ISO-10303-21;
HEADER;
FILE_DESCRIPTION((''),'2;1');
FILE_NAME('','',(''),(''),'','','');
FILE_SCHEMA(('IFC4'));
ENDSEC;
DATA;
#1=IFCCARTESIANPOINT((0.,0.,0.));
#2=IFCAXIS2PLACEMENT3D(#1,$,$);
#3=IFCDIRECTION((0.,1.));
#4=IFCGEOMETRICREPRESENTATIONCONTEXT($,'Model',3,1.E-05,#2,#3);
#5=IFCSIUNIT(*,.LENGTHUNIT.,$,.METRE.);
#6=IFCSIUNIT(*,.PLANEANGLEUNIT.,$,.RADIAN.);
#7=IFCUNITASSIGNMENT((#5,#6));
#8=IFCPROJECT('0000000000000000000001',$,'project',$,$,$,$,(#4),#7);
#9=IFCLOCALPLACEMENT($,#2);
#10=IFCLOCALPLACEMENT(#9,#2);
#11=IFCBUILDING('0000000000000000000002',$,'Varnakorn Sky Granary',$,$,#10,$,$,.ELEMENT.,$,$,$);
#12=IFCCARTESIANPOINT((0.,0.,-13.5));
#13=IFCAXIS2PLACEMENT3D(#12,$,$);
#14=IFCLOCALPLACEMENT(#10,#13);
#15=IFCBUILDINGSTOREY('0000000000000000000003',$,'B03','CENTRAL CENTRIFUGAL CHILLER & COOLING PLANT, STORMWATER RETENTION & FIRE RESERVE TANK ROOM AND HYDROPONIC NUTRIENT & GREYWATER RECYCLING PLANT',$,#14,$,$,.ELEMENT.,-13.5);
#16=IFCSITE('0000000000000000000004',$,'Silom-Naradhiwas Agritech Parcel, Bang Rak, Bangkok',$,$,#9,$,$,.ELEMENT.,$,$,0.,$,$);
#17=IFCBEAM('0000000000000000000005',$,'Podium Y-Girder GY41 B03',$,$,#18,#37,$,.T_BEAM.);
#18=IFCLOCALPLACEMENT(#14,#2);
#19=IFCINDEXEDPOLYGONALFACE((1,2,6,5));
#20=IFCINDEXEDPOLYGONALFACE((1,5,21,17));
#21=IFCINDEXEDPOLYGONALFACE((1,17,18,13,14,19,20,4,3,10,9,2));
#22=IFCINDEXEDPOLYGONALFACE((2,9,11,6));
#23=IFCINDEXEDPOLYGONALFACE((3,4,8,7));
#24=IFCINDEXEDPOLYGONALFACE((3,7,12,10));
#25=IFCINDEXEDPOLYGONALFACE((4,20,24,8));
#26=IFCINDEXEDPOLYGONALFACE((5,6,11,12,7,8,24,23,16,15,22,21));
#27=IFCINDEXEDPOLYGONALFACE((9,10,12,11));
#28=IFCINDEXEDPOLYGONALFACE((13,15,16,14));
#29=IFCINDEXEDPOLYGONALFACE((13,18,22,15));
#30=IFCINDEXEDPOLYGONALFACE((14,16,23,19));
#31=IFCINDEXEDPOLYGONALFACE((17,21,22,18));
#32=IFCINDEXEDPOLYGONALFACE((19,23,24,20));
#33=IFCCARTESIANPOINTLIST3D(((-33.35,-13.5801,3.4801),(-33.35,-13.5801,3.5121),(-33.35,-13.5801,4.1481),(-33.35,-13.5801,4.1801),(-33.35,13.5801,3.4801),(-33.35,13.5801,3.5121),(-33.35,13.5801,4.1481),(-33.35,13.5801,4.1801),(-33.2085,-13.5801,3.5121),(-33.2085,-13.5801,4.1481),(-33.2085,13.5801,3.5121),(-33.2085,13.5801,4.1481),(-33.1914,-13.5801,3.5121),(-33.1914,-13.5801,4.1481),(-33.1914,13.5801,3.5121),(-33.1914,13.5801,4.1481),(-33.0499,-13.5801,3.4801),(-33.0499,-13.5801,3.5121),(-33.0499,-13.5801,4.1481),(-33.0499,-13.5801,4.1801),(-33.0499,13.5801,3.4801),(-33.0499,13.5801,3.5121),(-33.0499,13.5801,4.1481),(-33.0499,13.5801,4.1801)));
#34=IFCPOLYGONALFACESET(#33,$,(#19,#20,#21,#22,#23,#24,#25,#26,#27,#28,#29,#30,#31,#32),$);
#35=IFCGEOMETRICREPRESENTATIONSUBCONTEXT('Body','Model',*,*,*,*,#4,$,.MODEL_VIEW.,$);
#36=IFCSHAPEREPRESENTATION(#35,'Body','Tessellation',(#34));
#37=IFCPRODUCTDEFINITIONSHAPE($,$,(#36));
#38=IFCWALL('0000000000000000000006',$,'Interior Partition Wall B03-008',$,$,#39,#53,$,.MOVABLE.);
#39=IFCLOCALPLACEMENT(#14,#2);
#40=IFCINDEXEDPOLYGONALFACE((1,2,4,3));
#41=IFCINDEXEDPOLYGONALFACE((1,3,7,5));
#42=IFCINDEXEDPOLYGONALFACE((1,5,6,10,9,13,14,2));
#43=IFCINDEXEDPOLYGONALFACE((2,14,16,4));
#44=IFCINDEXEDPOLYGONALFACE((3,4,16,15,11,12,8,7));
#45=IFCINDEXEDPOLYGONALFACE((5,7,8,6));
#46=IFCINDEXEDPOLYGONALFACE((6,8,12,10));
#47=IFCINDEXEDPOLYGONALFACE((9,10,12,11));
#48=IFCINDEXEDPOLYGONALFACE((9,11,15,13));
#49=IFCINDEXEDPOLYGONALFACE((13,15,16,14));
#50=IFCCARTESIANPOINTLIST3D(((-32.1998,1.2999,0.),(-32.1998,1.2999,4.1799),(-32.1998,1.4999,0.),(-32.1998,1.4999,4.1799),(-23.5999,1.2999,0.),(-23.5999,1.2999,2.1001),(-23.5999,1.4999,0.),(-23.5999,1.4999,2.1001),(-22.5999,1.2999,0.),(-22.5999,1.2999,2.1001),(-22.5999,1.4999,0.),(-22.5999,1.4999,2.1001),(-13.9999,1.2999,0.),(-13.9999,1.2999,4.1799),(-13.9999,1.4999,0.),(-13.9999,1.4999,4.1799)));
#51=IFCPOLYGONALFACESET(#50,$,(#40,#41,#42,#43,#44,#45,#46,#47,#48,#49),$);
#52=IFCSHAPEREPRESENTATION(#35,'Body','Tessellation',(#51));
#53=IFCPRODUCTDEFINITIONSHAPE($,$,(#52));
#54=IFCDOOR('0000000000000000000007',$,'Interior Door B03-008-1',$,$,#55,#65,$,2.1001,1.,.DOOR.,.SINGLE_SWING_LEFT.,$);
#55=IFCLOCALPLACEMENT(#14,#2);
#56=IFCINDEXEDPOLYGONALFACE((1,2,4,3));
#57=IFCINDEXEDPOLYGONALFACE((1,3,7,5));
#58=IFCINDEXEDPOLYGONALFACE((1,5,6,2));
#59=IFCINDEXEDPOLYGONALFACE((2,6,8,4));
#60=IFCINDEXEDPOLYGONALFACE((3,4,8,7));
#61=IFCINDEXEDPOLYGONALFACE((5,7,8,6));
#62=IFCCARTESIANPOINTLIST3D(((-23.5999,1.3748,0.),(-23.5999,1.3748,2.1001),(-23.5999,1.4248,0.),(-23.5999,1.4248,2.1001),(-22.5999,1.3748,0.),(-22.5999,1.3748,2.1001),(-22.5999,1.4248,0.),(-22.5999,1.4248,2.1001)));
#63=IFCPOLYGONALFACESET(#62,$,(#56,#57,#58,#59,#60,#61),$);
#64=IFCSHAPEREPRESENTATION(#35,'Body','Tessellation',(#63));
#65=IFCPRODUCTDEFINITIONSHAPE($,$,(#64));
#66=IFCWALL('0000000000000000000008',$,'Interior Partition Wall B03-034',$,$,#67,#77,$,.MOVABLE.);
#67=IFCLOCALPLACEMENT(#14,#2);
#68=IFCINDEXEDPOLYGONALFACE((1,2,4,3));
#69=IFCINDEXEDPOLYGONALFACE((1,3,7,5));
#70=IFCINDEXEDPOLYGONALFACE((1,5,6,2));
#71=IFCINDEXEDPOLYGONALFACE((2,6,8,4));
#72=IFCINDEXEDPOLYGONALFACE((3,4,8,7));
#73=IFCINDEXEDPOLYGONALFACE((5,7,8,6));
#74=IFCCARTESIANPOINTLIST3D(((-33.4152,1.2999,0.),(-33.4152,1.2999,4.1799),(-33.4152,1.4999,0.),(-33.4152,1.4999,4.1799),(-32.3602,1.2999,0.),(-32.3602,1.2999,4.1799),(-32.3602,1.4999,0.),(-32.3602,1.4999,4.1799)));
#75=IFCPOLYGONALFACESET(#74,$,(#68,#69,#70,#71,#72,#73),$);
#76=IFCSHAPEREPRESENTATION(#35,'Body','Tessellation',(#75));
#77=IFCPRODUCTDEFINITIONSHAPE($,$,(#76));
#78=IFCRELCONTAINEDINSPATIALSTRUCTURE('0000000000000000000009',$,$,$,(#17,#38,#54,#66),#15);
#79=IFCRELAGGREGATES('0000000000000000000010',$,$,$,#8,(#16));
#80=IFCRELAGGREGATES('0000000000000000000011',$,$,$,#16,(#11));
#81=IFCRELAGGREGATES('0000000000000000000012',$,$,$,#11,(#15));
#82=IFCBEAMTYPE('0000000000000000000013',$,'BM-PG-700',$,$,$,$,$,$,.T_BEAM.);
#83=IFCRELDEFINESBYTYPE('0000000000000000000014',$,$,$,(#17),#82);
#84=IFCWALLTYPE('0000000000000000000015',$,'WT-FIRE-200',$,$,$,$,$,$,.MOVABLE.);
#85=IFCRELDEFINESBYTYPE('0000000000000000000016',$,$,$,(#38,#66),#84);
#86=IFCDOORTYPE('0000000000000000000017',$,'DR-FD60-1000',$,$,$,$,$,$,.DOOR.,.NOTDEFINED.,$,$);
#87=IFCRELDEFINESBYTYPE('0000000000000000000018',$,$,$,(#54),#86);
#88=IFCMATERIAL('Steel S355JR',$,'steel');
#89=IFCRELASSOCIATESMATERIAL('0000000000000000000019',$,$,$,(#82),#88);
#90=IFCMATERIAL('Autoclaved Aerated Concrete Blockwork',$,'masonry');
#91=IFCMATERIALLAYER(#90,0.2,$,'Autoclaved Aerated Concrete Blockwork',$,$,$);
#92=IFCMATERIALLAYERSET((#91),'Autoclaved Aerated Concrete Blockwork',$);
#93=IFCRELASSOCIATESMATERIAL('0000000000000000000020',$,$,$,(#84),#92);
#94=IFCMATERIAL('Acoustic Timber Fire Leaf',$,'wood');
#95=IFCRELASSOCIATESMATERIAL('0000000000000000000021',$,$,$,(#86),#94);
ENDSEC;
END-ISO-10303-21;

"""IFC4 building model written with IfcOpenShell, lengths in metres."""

from ifc_helpers import new_model, si_unit, direction, frame, frame_2d, origin, origin_2d, place, context, subcontext, project, spatial, rectangle, i_section, extrude, material, layer, layer_set, material_profile, profile_set, type_object, element, fill, save


model = new_model("IFC4")

# Units and contexts
model_context = context("Model", 3, precision=1e-05, world=origin(), true_north=direction((0.0, 1.0)))
body_context = subcontext(model_context, "Body", "Model", "MODEL_VIEW")
ifc_project = project(units=[si_unit("LENGTHUNIT", "METRE"), si_unit("PLANEANGLEUNIT", "RADIAN")], contexts=[model_context])

# Site, building, storey
site_placement = place(None, origin())
site = spatial("IfcSite", under=ifc_project, at=site_placement, Name="Silom-Naradhiwas Agritech Parcel, Bang Rak, Bangkok", CompositionType="ELEMENT", RefElevation=0.0)
building_placement = place(site_placement, origin())
building = spatial("IfcBuilding", under=site, at=building_placement, Name="Varnakorn Sky Granary", CompositionType="ELEMENT")
storey_placement = place(building_placement, frame((0.0, 0.0, -13.5)))
storey = spatial("IfcBuildingStorey", under=building, at=storey_placement, Name="B03", Description="CENTRAL CENTRIFUGAL CHILLER & COOLING PLANT, STORMWATER RETENTION & FIRE RESERVE TANK ROOM AND HYDROPONIC NUTRIENT & GREYWATER RECYCLING PLANT", CompositionType="ELEMENT", Elevation=-13.5)

# Beam
ifc_material_1 = material(Name="Steel S355JR", Category="steel")
ifc_material_profile_1 = material_profile(ifc_material_1, i_section(OverallWidth=0.3, OverallDepth=0.7, WebThickness=0.0171, FlangeThickness=0.032, at=origin_2d()), Name="HE 700 B")
ifc_profile_set_1 = profile_set([ifc_material_profile_1], Name="Steel S355JR")
beam_type = type_object("IfcBeamType", Name="BM-PG-700", PredefinedType="T_BEAM", material=ifc_profile_set_1)
beam_1_placement = place(storey_placement, frame((-33.2, -13.5801, 3.8301), z_axis=(0.0, 1.0, 0.0), x_axis=(-1.0, 0.0, 0.0)))
element("IfcBeam", 1, at=beam_1_placement, inside=storey, type_object=beam_type, Name="Podium Y-Girder GY41 B03", PredefinedType="T_BEAM", context=body_context, shape_type="SweptSolid", body=[
    extrude(i_section(OverallWidth=0.3, OverallDepth=0.7, WebThickness=0.0171, FlangeThickness=0.032, at=origin_2d()), origin(), (0.0, 0.0, 1.0), 27.1602),
])

# Wall, opening, door
ifc_material_2 = material(Name="Autoclaved Aerated Concrete Blockwork", Category="masonry")
ifc_layer = layer(ifc_material_2, 0.2, Name="Autoclaved Aerated Concrete Blockwork")
ifc_layer_set = layer_set([ifc_layer], Name="Autoclaved Aerated Concrete Blockwork")
wall_type = type_object("IfcWallType", Name="WT-FIRE-200", PredefinedType="MOVABLE", material=ifc_layer_set)
wall_1_placement = place(storey_placement, frame((-32.2, 1.3999, 0.0), z_axis=(0.0, 0.0, 1.0), x_axis=(1.0, 0.0, 0.0)))
wall_1 = element("IfcWall", 2, at=wall_1_placement, inside=storey, type_object=wall_type, Name="Interior Partition Wall B03-008", PredefinedType="MOVABLE", context=body_context, shape_type="SweptSolid", body=[
    extrude(rectangle(XDim=18.2, YDim=0.2, at=frame_2d((9.1001, 0.0))), origin(), (0.0, 0.0, 1.0), 4.1799),
])
opening_placement = place(wall_1_placement, frame((8.6001, 0.0, 0.0)))
opening = element("IfcOpeningElement", 3, at=opening_placement, cuts=wall_1, PredefinedType="OPENING", context=body_context, shape_type="SweptSolid", body=[
    extrude(rectangle(XDim=1.0, YDim=2.1001, at=frame_2d((0.5, 1.05))), frame((0.0, 0.1099, 0.0), z_axis=(0.0, -1.0, 0.0), x_axis=(1.0, 0.0, 0.0)), (0.0, 0.0, 1.0), 0.22),
])
ifc_material_3 = material(Name="Acoustic Timber Fire Leaf", Category="wood")
door_type = type_object("IfcDoorType", Name="DR-FD60-1000", OperationType="NOTDEFINED", PredefinedType="DOOR", material=ifc_material_3)
door_placement = place(opening_placement, origin())
door = element("IfcDoor", 4, at=door_placement, inside=storey, type_object=door_type, Name="Interior Door B03-008-1", OperationType="SINGLE_SWING_LEFT", OverallHeight=2.1001, OverallWidth=1.0, PredefinedType="DOOR", context=body_context, shape_type="SweptSolid", body=[
    extrude(rectangle(XDim=1.0, YDim=2.1001, at=frame_2d((0.5, 1.05))), frame((0.0, 0.0249, 0.0), z_axis=(0.0, -1.0, 0.0), x_axis=(1.0, 0.0, 0.0)), (0.0, 0.0, 1.0), 0.05),
])
fill(opening, door)

# Wall
wall_2_placement = place(storey_placement, frame((-33.415, 1.3999, 0.0), z_axis=(0.0, 0.0, 1.0), x_axis=(1.0, 0.0, 0.0)))
element("IfcWall", 5, at=wall_2_placement, inside=storey, type_object=wall_type, Name="Interior Partition Wall B03-034", PredefinedType="MOVABLE", context=body_context, shape_type="SweptSolid", body=[
    extrude(rectangle(XDim=1.0549, YDim=0.2, at=frame_2d((0.5273, 0.0))), origin(), (0.0, 0.0, 1.0), 4.1799),
])

save(model, "model.ifc")
